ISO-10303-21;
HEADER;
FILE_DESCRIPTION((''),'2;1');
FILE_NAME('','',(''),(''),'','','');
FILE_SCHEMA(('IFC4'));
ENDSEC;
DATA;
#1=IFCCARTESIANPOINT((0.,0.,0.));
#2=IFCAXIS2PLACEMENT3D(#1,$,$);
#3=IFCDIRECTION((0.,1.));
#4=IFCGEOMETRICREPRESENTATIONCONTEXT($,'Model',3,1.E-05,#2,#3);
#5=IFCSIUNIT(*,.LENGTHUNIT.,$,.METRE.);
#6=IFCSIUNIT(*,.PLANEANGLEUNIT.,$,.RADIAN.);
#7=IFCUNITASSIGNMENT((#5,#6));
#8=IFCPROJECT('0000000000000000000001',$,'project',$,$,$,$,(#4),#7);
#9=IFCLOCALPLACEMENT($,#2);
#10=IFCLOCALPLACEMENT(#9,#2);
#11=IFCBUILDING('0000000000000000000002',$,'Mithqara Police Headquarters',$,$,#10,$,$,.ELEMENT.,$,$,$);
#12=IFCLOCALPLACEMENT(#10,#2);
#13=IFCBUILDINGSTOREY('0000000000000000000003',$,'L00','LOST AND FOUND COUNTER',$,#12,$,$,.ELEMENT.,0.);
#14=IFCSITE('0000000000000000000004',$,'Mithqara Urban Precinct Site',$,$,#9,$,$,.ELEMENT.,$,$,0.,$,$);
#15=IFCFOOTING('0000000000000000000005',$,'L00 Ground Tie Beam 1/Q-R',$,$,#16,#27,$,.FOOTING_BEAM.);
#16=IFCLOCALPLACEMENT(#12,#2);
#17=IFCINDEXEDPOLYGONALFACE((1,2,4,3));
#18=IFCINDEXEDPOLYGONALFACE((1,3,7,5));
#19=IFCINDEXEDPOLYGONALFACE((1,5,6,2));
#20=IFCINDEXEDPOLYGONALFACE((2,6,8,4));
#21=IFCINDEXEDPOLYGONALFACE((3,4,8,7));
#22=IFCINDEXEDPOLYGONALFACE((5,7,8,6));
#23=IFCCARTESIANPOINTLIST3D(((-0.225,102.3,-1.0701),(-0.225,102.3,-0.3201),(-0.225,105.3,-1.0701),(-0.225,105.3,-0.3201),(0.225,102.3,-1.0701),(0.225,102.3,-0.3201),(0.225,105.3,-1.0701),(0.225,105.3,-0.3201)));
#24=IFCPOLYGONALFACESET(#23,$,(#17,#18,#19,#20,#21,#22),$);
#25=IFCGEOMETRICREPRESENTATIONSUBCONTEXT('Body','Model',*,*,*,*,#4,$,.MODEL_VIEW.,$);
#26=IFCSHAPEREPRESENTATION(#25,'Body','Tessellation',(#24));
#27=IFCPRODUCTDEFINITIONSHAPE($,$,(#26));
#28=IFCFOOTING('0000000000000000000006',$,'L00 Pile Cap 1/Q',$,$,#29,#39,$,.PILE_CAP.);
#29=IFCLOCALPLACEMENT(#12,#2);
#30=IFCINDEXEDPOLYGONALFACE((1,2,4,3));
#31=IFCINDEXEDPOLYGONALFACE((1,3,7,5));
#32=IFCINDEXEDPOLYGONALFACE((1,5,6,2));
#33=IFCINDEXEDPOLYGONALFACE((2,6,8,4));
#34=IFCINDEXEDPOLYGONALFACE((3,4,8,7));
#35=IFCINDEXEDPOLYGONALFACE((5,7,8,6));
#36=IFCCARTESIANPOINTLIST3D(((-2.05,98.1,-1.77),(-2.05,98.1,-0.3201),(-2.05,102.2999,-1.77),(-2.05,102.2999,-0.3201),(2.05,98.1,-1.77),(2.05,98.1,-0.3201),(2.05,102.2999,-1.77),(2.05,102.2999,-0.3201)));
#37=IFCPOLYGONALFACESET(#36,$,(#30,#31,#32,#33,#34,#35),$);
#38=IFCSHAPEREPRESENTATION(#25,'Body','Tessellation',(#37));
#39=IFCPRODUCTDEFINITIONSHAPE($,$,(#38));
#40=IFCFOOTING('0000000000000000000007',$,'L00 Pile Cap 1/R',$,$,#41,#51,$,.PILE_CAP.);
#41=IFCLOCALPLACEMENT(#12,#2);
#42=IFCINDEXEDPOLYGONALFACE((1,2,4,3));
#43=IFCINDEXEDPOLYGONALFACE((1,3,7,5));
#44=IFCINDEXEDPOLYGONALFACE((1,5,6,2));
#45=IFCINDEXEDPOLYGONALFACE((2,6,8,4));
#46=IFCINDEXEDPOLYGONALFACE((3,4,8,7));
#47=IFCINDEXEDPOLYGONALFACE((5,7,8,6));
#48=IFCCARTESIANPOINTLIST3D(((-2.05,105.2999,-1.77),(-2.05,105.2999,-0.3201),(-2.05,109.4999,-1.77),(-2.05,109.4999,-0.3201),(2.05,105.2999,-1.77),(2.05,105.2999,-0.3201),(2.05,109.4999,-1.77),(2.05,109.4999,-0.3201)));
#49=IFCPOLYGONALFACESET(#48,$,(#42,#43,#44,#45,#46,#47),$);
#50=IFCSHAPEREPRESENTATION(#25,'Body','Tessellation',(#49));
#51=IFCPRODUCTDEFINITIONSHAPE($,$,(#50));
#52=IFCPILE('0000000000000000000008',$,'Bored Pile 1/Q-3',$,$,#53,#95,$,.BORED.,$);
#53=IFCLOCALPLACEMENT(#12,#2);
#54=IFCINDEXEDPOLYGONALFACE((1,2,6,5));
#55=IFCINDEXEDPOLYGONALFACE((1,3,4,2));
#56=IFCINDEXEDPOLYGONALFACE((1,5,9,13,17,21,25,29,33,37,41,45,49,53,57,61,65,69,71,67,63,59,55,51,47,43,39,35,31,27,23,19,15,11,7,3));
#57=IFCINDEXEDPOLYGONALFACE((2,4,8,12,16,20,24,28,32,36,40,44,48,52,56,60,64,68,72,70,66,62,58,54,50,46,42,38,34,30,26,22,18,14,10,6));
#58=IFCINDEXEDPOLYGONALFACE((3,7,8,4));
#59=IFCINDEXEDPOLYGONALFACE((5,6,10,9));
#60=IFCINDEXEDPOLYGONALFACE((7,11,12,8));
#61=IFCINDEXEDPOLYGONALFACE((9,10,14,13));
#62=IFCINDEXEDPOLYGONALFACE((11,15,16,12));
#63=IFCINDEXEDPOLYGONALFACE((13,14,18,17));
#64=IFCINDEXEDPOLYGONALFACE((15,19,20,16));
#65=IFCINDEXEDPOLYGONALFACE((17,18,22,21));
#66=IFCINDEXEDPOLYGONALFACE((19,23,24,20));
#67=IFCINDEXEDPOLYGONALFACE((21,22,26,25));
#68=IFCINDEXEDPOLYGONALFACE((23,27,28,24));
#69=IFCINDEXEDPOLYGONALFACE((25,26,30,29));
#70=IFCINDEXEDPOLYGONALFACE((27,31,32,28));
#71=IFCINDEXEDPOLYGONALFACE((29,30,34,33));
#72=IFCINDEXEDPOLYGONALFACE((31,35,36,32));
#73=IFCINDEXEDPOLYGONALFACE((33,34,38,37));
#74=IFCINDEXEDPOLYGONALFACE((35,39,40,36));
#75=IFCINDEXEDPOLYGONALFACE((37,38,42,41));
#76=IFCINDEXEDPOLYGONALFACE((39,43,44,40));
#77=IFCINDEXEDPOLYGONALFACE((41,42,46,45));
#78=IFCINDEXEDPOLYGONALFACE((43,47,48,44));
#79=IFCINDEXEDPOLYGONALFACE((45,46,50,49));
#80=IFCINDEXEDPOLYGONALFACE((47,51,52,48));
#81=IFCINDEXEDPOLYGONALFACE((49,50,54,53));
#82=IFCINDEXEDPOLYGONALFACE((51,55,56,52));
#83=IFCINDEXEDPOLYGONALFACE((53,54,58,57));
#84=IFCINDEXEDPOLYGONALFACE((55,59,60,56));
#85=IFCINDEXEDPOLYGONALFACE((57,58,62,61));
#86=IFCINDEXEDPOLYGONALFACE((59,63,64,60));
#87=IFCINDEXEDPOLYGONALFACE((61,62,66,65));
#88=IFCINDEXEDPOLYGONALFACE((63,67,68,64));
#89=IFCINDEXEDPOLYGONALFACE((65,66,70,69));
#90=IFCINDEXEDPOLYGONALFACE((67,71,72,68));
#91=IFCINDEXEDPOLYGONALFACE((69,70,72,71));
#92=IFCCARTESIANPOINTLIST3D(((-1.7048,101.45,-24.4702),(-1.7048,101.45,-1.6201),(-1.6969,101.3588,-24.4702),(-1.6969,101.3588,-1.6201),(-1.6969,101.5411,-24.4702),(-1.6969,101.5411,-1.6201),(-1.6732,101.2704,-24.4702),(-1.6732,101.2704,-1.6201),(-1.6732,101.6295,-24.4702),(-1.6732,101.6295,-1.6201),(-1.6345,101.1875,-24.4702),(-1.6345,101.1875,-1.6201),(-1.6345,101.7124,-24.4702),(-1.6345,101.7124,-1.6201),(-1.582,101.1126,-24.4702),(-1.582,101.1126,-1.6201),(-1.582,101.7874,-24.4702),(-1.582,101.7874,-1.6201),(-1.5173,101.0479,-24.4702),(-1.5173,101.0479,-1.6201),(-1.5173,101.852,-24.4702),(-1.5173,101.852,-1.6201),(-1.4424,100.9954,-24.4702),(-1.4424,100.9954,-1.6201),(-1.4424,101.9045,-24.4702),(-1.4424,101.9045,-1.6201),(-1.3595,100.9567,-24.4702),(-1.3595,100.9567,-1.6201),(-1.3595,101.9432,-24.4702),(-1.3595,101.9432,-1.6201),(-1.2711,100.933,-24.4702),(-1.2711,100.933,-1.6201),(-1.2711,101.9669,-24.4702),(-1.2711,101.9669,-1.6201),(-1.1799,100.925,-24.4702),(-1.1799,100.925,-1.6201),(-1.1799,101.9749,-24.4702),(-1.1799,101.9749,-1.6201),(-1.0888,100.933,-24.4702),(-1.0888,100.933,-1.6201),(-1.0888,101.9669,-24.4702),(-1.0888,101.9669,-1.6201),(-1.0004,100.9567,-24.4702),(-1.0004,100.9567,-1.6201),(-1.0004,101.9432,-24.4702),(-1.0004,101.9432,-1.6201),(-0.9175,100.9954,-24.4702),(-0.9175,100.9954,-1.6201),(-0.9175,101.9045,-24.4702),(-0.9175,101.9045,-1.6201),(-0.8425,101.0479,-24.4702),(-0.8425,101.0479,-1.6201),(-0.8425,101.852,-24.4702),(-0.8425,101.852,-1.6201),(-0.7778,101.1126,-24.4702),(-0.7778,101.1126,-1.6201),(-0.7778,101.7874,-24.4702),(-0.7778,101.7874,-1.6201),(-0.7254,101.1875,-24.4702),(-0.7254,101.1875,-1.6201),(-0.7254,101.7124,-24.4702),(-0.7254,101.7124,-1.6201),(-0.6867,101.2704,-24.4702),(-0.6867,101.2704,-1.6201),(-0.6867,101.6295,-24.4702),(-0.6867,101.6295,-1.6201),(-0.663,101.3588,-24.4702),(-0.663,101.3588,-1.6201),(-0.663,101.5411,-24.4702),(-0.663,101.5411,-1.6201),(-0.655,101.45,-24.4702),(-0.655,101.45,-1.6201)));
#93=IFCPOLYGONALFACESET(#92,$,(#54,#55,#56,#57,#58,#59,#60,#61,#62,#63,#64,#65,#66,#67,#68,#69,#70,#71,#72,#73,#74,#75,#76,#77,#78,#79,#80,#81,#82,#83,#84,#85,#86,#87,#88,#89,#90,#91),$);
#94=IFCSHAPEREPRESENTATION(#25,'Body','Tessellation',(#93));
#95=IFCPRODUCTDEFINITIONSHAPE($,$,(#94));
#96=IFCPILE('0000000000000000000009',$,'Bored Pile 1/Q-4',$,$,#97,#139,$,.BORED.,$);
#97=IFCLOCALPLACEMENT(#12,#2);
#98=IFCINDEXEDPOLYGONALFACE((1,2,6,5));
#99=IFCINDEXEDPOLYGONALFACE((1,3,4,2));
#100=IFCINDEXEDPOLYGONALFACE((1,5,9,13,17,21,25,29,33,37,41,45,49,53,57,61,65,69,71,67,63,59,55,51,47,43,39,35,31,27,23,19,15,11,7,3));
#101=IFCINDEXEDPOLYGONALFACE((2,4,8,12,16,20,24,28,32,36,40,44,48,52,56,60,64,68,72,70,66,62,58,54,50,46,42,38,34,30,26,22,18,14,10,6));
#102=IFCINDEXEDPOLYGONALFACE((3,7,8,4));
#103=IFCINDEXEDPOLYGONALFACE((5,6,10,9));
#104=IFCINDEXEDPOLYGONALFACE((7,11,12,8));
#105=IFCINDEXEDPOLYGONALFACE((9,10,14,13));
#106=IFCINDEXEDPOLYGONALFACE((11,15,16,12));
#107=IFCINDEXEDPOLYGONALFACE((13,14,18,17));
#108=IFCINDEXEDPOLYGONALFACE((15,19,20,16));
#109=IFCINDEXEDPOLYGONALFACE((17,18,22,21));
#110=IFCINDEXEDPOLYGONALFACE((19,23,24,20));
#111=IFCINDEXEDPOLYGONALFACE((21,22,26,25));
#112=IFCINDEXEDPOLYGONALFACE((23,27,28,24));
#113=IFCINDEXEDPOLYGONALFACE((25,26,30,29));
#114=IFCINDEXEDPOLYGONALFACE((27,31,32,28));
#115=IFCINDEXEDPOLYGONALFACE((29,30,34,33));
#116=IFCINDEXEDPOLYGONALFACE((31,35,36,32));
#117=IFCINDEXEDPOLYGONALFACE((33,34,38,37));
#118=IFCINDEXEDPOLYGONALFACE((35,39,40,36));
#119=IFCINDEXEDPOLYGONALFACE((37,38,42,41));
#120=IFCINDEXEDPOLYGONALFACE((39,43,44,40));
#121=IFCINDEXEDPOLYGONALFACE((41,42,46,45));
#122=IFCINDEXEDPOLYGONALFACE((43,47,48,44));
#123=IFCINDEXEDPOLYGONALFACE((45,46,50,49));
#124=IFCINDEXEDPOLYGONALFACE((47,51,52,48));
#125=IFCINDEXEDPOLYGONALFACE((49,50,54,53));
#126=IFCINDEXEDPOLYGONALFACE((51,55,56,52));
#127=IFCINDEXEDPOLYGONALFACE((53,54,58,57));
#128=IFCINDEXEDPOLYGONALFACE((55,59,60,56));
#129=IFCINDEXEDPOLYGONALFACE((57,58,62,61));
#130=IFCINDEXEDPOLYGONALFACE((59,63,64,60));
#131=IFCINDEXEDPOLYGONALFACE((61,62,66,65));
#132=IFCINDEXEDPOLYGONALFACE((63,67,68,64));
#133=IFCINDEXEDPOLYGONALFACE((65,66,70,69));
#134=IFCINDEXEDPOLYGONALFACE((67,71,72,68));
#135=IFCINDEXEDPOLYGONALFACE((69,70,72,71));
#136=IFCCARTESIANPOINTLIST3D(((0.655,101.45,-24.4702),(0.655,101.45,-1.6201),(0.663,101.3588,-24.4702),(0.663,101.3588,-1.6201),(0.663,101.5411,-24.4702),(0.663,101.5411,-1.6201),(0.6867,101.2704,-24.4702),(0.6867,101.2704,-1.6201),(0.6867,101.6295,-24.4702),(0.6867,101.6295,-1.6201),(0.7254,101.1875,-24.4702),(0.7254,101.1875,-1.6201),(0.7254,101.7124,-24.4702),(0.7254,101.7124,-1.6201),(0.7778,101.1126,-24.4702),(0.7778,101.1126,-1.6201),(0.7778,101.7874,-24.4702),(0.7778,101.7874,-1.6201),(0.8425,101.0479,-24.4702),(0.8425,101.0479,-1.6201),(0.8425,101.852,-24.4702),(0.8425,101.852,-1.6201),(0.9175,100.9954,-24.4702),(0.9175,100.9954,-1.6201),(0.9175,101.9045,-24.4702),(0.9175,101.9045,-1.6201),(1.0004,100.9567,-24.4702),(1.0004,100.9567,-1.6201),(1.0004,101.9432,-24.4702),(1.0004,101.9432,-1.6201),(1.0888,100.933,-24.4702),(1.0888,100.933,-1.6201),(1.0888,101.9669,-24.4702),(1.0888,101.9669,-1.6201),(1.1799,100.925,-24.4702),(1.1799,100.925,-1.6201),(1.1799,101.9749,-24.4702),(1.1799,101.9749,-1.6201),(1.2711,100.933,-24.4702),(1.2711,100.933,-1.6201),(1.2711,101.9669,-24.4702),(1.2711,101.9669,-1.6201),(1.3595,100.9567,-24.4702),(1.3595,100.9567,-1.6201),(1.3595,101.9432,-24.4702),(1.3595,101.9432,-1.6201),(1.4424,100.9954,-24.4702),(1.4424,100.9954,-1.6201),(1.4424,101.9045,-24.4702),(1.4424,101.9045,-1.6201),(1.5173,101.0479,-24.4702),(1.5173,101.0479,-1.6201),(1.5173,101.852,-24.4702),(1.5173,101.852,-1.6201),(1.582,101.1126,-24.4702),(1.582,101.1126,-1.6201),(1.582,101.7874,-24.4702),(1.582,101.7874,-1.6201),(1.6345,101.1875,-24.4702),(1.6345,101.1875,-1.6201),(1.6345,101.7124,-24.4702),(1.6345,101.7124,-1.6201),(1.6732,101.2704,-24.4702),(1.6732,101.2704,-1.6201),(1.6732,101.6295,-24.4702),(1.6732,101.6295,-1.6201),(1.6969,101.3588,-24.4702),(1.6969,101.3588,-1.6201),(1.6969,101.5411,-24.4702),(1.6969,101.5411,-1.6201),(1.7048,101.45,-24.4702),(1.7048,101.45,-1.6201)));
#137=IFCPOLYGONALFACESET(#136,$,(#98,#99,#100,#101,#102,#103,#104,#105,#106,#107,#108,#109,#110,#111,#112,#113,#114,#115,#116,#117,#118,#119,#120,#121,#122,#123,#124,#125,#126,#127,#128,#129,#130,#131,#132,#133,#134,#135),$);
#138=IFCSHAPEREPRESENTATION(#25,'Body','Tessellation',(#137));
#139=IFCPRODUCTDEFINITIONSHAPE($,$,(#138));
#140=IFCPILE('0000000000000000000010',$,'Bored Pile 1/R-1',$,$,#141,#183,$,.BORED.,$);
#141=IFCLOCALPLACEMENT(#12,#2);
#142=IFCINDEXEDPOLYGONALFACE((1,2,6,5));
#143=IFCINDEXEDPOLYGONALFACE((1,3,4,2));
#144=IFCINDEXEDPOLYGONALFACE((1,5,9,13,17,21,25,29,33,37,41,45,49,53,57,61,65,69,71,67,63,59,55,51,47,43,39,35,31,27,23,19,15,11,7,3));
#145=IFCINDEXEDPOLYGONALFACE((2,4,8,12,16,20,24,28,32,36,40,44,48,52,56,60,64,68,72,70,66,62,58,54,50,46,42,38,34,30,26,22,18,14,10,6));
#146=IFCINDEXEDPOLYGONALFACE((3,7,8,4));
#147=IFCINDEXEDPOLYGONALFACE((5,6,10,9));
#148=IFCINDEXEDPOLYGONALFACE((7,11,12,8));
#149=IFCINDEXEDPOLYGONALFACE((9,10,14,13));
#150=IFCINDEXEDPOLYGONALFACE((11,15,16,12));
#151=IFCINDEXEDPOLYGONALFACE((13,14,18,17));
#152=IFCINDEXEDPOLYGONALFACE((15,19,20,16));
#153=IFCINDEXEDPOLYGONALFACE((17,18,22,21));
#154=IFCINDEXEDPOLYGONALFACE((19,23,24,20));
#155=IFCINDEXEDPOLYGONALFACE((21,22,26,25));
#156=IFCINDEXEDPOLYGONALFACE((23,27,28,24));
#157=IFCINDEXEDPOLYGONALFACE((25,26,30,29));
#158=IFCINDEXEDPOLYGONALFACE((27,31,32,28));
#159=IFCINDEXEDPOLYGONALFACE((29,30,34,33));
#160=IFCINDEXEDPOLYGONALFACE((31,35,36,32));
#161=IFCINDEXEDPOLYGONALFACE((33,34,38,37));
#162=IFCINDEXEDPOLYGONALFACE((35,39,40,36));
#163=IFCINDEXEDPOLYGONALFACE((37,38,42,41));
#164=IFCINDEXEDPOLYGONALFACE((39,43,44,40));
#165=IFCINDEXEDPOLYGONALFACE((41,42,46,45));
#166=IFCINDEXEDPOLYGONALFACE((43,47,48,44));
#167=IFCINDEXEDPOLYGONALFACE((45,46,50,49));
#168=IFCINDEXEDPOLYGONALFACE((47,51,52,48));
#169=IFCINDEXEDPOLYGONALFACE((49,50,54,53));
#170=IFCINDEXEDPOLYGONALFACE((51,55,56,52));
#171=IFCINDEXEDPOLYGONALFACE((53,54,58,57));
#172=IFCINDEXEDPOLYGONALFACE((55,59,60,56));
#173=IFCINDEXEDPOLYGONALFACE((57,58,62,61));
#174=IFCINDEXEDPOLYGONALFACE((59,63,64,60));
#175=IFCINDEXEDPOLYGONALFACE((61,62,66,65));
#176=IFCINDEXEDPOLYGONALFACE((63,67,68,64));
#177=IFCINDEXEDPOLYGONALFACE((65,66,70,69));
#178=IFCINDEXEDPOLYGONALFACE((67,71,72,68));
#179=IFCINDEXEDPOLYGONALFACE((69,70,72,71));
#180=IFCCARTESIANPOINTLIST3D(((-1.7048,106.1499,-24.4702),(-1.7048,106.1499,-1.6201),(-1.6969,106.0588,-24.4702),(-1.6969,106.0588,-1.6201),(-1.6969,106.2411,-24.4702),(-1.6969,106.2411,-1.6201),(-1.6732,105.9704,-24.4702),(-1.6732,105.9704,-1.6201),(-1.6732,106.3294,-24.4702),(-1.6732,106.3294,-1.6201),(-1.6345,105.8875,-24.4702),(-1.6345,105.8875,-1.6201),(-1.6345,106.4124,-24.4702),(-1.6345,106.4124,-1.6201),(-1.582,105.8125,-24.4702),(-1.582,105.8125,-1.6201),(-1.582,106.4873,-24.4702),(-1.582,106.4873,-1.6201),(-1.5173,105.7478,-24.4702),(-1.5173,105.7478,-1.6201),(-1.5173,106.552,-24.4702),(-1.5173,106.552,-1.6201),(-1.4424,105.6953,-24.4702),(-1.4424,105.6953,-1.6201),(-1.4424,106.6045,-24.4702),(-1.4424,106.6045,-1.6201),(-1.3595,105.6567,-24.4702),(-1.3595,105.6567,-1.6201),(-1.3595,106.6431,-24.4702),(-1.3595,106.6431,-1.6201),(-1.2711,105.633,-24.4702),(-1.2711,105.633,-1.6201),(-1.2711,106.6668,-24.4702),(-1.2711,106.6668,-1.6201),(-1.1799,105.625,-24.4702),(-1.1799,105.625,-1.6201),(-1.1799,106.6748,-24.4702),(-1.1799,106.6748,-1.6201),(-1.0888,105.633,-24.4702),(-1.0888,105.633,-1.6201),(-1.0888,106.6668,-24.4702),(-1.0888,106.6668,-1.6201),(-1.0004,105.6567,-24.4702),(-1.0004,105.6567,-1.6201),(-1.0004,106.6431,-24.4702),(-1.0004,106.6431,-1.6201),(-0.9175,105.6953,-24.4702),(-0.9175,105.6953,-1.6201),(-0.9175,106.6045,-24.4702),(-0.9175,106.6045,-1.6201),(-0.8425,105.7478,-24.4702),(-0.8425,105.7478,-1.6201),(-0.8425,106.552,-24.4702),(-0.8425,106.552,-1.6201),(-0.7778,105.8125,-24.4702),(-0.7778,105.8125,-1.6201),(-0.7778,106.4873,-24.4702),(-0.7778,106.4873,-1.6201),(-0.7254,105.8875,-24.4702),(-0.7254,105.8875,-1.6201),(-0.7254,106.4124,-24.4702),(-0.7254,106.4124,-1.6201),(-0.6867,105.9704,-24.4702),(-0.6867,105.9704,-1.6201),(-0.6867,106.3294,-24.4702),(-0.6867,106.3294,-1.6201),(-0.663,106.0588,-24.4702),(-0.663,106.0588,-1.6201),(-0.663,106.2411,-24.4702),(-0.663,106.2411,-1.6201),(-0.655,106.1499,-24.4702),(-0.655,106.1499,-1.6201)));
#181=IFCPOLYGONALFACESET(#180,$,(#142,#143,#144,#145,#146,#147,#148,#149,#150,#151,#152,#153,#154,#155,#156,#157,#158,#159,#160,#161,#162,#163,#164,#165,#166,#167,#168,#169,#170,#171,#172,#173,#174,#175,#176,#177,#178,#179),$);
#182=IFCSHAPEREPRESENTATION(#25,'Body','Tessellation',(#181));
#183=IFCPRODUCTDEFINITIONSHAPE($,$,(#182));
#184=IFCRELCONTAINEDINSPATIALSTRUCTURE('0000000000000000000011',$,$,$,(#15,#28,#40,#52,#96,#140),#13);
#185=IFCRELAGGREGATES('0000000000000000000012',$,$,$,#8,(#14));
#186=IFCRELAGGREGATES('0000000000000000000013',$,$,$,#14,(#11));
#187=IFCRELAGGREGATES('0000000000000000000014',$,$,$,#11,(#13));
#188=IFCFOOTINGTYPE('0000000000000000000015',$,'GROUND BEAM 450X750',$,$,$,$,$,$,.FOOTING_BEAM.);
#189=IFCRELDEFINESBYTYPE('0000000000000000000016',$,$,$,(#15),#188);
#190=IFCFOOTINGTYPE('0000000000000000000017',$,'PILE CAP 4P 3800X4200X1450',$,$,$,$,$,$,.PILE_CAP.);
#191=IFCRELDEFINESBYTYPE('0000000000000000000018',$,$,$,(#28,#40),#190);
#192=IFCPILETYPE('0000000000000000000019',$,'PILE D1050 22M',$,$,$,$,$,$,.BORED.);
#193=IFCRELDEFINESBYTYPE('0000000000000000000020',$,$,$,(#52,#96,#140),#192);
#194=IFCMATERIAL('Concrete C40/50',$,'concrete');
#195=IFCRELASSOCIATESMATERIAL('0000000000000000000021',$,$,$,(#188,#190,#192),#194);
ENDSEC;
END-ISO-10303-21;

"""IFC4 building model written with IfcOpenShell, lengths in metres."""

from ifc_helpers import new_model, si_unit, direction, frame, origin, origin_2d, place, context, subcontext, project, spatial, rectangle, circle, extrude, material, material_profile, profile_set, type_object, element, save


model = new_model("IFC4")

# Units and contexts
model_context = context("Model", 3, precision=1e-05, world=origin(), true_north=direction((0.0, 1.0)))
body_context = subcontext(model_context, "Body", "Model", "MODEL_VIEW")
ifc_project = project(units=[si_unit("LENGTHUNIT", "METRE"), si_unit("PLANEANGLEUNIT", "RADIAN")], contexts=[model_context])

# Site, building, storey
site_placement = place(None, origin())
site = spatial("IfcSite", under=ifc_project, at=site_placement, Name="Mithqara Urban Precinct Site", CompositionType="ELEMENT", RefElevation=0.0)
building_placement = place(site_placement, origin())
building = spatial("IfcBuilding", under=site, at=building_placement, Name="Mithqara Police Headquarters", CompositionType="ELEMENT")
storey_placement = place(building_placement, origin())
storey = spatial("IfcBuildingStorey", under=building, at=storey_placement, Name="L00", Description="LOST AND FOUND COUNTER", CompositionType="ELEMENT", Elevation=0.0)

# Footings
ifc_material_1 = material(Name="Concrete C40/50", Category="concrete")
footing_type_1 = type_object("IfcFootingType", Name="GROUND BEAM 450X750", PredefinedType="FOOTING_BEAM", material=ifc_material_1)
footing_placement = place(storey_placement, frame((0.0, 103.8, -1.0701), z_axis=(0.0, 0.0, 1.0), x_axis=(1.0, 0.0, 0.0)))
element("IfcFooting", 1, at=footing_placement, inside=storey, type_object=footing_type_1, Name="L00 Ground Tie Beam 1/Q-R", PredefinedType="FOOTING_BEAM", context=body_context, shape_type="SweptSolid", body=[
    extrude(rectangle(XDim=0.45, YDim=3.0, at=origin_2d()), origin(), (0.0, 0.0, 1.0), 0.75),
])
footing_type_2 = type_object("IfcFootingType", Name="PILE CAP 4P 3800X4200X1450", PredefinedType="PILE_CAP", material=ifc_material_1)
for number, where, z_axis, x_axis, name in (
    (2, (0.0, 100.2, -1.77), (0.0, 0.0, 1.0), (1.0, 0.0, 0.0), "L00 Pile Cap 1/Q"),
    (3, (0.0, 107.3999, -1.77), (0.0, 0.0, 1.0), (1.0, 0.0, 0.0), "L00 Pile Cap 1/R"),
):
    element("IfcFooting", number, at=place(storey_placement, frame(where, z_axis=z_axis, x_axis=x_axis)), inside=storey, type_object=footing_type_2, Name=name, PredefinedType="PILE_CAP", context=body_context, shape_type="SweptSolid", body=[
        extrude(rectangle(XDim=4.1001, YDim=4.2, at=origin_2d()), origin(), (0.0, 0.0, 1.0), 1.45),
    ])

# Piles
ifc_material_profile_1 = material_profile(ifc_material_1, circle(Radius=0.5249, at=origin_2d()), Name="PILE D1050")
ifc_profile_set_1 = profile_set([ifc_material_profile_1], Name="Concrete C40/50")
pile_type = type_object("IfcPileType", Name="PILE D1050 22M", PredefinedType="BORED", material=ifc_profile_set_1)
for number, where, z_axis, x_axis, name in (
    (4, (-1.1799, 101.45, -1.6201), (0.0, 0.0, -1.0), (1.0, 0.0, 0.0), "Bored Pile 1/Q-3"),
    (5, (1.1799, 101.45, -1.6201), (0.0, 0.0, -1.0), (1.0, 0.0, 0.0), "Bored Pile 1/Q-4"),
    (6, (-1.1799, 106.1499, -1.6201), (0.0, 0.0, -1.0), (1.0, 0.0, 0.0), "Bored Pile 1/R-1"),
):
    element("IfcPile", number, at=place(storey_placement, frame(where, z_axis=z_axis, x_axis=x_axis)), inside=storey, type_object=pile_type, Name=name, PredefinedType="BORED", context=body_context, shape_type="SweptSolid", body=[
        extrude(circle(Radius=0.5249, at=origin_2d()), origin(), (0.0, 0.0, 1.0), 22.8501),
    ])

save(model, "model.ifc")
